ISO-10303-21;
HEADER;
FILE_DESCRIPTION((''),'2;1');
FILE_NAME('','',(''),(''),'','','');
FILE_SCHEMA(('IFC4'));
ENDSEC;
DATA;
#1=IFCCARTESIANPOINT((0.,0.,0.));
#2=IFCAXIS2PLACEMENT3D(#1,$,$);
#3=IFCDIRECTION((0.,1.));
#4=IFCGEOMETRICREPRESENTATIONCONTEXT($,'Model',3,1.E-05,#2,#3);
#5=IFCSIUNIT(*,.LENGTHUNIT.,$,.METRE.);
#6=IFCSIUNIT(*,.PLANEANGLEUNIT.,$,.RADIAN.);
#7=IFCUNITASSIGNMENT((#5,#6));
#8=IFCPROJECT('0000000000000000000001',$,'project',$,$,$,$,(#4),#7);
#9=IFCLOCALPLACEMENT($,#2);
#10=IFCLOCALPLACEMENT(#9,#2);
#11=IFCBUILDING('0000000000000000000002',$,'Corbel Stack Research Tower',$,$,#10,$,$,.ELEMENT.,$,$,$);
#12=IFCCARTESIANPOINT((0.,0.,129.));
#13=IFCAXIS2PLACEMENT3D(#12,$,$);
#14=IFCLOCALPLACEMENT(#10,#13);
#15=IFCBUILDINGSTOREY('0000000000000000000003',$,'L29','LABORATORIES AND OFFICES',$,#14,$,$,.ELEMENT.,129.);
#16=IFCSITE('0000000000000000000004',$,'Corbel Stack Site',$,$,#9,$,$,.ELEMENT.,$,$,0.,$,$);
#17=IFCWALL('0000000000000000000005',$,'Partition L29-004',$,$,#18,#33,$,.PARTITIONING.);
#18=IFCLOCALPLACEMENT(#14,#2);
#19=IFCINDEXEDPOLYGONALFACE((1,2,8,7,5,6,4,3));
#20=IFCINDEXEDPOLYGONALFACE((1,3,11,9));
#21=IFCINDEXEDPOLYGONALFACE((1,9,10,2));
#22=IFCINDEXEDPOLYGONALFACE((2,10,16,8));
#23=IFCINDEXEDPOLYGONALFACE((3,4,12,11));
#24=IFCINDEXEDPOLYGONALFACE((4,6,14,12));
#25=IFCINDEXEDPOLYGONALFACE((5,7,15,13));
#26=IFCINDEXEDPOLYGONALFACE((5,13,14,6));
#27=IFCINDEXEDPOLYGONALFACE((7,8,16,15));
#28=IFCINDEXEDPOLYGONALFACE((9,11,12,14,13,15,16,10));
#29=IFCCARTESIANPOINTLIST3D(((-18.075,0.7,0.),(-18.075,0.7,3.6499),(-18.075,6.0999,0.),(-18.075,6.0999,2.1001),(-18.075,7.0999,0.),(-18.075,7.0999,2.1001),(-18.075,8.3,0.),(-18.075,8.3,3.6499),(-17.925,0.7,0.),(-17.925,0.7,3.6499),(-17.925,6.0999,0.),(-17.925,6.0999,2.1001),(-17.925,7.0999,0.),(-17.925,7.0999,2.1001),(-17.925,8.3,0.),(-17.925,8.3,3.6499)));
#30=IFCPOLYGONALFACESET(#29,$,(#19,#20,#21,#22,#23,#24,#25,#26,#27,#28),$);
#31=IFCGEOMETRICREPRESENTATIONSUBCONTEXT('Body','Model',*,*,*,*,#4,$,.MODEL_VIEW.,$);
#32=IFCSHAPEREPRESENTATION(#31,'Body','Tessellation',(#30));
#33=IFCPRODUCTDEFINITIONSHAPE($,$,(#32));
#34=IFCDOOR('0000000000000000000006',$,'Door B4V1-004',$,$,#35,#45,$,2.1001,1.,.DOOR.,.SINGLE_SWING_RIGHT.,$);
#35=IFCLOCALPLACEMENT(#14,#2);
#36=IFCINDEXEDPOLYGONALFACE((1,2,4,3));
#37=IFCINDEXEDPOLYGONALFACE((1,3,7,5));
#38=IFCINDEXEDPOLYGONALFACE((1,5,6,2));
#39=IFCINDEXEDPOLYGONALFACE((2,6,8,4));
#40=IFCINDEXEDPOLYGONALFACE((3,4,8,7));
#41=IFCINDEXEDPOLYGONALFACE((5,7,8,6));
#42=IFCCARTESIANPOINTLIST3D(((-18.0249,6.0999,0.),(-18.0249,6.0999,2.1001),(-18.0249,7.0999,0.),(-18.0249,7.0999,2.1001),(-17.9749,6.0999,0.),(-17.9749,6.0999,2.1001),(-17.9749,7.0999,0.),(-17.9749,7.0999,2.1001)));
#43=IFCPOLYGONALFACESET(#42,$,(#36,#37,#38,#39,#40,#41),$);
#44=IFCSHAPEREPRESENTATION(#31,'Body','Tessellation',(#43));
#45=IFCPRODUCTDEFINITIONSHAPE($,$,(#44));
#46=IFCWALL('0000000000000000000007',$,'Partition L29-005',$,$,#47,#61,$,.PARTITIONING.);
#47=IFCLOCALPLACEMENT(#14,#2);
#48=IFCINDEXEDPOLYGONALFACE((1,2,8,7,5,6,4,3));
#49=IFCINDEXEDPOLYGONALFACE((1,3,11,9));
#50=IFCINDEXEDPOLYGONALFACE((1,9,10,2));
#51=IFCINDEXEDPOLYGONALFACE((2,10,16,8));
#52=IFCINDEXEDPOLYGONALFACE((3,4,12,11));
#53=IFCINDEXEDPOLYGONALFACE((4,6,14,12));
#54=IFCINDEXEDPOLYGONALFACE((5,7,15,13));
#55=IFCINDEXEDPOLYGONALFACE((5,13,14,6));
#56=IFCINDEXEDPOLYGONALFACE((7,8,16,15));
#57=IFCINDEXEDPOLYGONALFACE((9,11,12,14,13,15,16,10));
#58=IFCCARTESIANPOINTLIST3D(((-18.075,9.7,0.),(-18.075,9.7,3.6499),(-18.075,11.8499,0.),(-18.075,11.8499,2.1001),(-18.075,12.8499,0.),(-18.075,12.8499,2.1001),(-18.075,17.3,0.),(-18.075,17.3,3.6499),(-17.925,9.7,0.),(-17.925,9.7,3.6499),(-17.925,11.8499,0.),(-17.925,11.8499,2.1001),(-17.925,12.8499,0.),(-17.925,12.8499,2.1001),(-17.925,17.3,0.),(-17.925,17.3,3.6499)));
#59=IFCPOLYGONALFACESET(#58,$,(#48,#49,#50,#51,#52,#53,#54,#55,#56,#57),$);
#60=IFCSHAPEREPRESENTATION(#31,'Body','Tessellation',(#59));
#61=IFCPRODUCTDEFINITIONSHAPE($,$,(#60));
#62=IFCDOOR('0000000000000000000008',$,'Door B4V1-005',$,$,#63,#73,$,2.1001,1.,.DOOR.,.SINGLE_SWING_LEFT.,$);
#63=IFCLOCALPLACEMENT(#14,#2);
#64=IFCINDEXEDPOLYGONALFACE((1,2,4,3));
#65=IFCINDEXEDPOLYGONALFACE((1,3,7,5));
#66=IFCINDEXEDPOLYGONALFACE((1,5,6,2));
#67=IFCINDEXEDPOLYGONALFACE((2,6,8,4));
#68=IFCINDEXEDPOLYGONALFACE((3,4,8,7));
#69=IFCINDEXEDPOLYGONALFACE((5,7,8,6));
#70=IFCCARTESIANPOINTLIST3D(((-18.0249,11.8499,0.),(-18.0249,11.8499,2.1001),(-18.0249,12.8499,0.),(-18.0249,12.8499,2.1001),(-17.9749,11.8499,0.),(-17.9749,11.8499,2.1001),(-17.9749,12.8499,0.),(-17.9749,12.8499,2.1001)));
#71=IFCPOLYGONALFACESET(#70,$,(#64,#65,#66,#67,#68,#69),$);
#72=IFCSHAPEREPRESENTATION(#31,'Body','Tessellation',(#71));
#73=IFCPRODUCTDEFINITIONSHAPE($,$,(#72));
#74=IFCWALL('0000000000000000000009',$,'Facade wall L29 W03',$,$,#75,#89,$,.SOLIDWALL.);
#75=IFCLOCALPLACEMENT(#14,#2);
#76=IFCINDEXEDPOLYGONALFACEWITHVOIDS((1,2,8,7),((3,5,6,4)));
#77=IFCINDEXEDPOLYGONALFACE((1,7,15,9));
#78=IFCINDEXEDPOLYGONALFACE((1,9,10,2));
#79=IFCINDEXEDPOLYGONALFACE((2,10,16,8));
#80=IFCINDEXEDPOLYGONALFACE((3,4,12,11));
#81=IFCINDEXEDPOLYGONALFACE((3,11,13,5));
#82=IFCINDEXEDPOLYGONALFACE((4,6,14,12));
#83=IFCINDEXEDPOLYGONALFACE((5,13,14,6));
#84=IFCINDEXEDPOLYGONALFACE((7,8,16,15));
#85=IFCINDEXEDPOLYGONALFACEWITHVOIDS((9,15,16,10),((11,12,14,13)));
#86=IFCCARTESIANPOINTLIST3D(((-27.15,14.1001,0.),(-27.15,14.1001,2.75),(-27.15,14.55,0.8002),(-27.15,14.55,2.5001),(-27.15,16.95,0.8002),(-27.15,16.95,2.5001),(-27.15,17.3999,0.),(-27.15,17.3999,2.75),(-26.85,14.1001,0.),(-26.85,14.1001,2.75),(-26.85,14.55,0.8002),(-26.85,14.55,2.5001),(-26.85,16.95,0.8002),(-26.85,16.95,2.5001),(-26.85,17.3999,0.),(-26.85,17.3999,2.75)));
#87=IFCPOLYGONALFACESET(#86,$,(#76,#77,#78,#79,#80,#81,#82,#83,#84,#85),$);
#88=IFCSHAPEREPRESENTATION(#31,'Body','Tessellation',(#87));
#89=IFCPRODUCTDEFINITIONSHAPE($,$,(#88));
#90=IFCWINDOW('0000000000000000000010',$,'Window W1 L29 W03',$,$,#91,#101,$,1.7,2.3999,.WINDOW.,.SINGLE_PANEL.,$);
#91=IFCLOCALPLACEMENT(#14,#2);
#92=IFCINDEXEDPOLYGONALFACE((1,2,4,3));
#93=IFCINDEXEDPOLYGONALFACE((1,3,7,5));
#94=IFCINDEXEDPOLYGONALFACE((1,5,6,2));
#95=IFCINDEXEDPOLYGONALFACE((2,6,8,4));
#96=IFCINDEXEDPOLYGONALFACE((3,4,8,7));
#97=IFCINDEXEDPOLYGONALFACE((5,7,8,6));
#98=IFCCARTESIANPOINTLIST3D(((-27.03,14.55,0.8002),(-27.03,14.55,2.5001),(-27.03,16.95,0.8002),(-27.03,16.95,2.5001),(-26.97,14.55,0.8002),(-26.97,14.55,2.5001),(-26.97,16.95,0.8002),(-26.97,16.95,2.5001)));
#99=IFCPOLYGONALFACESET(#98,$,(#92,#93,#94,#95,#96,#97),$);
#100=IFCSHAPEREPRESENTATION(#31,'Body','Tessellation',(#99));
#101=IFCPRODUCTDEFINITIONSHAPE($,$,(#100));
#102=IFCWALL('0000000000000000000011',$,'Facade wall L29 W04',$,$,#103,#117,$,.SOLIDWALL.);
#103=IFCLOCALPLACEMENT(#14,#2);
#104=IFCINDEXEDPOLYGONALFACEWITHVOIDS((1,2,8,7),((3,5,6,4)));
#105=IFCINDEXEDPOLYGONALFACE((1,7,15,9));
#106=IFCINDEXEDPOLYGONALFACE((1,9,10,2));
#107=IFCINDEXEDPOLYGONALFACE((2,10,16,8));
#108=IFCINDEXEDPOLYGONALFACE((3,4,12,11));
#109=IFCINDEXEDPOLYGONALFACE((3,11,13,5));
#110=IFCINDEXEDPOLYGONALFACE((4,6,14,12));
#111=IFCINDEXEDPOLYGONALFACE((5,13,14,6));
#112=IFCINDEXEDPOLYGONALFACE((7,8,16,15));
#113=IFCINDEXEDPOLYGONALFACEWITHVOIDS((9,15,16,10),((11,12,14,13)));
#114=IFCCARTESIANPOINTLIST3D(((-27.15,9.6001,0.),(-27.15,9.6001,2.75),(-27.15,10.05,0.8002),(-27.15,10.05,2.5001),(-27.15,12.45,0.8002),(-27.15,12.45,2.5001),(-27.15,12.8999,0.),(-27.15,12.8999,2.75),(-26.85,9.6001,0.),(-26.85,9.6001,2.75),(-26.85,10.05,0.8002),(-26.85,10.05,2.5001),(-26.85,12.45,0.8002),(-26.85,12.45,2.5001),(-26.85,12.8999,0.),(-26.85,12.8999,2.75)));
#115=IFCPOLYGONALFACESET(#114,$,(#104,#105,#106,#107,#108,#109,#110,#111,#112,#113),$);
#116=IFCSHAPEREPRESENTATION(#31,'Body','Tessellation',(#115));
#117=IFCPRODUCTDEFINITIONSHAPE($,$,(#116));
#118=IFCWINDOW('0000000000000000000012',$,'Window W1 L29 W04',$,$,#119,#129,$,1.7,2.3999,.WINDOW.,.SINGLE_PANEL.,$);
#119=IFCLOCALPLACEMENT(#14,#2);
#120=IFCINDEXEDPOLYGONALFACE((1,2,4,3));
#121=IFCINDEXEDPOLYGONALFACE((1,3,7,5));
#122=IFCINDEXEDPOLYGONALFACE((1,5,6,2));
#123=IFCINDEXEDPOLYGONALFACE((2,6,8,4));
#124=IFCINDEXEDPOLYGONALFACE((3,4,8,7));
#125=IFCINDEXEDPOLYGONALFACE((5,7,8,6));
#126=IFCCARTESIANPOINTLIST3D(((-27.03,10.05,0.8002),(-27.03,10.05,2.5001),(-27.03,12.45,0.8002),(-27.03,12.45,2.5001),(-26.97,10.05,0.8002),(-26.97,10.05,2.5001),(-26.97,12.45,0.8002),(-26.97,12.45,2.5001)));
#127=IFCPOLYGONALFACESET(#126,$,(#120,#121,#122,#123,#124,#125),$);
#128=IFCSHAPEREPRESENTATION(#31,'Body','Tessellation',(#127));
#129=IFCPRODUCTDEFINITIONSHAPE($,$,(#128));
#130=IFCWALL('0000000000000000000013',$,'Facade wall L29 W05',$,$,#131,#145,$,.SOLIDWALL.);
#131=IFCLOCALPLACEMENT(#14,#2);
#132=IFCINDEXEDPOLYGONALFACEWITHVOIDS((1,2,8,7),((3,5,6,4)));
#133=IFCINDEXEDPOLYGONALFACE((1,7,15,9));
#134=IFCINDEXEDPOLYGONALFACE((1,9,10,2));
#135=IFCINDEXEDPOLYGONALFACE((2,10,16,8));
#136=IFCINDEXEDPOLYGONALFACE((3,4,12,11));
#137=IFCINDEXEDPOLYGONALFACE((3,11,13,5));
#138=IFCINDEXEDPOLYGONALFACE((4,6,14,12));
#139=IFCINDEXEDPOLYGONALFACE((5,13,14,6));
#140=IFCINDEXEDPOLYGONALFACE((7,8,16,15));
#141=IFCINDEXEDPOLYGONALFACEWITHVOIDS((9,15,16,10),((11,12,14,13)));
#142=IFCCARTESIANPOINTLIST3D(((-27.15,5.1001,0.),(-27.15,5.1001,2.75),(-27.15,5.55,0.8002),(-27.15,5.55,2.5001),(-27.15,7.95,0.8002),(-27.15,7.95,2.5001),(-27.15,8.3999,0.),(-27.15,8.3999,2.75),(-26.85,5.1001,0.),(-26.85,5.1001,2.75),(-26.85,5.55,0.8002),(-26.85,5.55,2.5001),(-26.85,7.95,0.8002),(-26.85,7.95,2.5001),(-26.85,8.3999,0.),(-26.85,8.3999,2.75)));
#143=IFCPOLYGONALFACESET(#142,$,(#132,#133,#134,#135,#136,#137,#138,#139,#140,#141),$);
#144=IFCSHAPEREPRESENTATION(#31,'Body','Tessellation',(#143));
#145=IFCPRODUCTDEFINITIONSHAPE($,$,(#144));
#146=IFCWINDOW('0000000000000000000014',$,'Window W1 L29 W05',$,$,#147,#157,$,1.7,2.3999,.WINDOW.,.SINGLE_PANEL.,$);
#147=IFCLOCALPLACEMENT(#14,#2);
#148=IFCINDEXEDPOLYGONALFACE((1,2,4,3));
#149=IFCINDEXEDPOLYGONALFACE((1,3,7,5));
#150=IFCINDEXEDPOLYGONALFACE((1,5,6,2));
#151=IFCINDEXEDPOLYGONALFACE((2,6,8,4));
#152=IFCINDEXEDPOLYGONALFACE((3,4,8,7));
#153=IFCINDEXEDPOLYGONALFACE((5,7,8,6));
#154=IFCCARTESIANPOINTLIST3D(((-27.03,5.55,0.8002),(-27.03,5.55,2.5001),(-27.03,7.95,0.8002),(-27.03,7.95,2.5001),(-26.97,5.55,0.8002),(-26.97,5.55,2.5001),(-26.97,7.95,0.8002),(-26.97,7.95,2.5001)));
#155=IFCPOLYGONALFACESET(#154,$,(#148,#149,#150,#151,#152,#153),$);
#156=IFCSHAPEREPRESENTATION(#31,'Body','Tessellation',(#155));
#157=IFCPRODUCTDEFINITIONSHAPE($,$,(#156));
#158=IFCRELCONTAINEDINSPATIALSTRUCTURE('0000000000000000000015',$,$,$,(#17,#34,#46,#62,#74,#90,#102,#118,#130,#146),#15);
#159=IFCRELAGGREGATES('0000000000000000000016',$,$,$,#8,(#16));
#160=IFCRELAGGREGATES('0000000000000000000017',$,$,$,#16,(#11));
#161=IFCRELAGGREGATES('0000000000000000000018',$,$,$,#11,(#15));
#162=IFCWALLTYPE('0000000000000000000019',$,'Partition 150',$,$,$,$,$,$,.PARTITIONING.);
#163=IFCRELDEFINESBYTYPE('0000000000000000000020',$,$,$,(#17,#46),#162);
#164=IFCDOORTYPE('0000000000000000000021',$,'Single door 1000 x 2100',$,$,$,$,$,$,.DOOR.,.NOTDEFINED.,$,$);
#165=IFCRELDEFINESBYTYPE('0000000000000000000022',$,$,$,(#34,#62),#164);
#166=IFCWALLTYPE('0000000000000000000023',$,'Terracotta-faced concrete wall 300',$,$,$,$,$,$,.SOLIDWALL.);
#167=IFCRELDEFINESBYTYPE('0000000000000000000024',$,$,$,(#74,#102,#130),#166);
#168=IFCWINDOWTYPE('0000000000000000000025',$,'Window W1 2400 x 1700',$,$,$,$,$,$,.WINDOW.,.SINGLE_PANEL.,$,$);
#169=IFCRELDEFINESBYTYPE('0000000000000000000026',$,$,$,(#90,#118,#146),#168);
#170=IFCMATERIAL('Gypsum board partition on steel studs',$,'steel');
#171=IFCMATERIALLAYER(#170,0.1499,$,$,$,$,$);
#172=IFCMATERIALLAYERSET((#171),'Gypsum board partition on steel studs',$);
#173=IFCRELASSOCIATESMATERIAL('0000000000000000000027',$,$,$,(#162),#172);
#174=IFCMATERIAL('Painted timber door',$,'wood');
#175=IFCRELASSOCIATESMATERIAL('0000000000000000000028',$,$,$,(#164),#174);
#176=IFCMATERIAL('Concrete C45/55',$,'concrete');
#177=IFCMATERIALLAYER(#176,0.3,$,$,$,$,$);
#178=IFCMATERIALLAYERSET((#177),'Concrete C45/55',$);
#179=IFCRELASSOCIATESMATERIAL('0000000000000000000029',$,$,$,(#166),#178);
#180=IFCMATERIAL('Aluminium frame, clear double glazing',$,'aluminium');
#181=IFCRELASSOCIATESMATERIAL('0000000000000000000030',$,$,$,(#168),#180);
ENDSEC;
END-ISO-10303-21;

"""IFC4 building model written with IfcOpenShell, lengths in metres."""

from ifc_helpers import new_model, si_unit, direction, frame, frame_2d, origin, place, context, subcontext, project, spatial, rectangle, extrude, material, layer, layer_set, type_object, element, fill, save


model = new_model("IFC4")

# Units and contexts
model_context = context("Model", 3, precision=1e-05, world=origin(), true_north=direction((0.0, 1.0)))
body_context = subcontext(model_context, "Body", "Model", "MODEL_VIEW")
ifc_project = project(units=[si_unit("LENGTHUNIT", "METRE"), si_unit("PLANEANGLEUNIT", "RADIAN")], contexts=[model_context])

# Site, building, storey
site_placement = place(None, origin())
site = spatial("IfcSite", under=ifc_project, at=site_placement, Name="Corbel Stack Site", CompositionType="ELEMENT", RefElevation=0.0)
building_placement = place(site_placement, origin())
building = spatial("IfcBuilding", under=site, at=building_placement, Name="Corbel Stack Research Tower", CompositionType="ELEMENT")
storey_placement = place(building_placement, frame((0.0, 0.0, 129.0)))
storey = spatial("IfcBuildingStorey", under=building, at=storey_placement, Name="L29", Description="LABORATORIES AND OFFICES", CompositionType="ELEMENT", Elevation=129.0)

# Walls, openings, doors
ifc_material_1 = material(Name="Gypsum board partition on steel studs", Category="steel")
ifc_layer_1 = layer(ifc_material_1, 0.1499)
ifc_layer_set_1 = layer_set([ifc_layer_1], Name="Gypsum board partition on steel studs")
wall_type_1 = type_object("IfcWallType", Name="Partition 150", PredefinedType="PARTITIONING", material=ifc_layer_set_1)
wall_1_placement = place(storey_placement, frame((-18.0, 0.7, 0.0), z_axis=(0.0, 0.0, 1.0), x_axis=(0.0, 1.0, 0.0)))
wall_1 = element("IfcWall", 1, at=wall_1_placement, inside=storey, type_object=wall_type_1, Name="Partition L29-004", PredefinedType="PARTITIONING", context=body_context, shape_type="SweptSolid", body=[
    extrude(rectangle(XDim=7.6001, YDim=0.1499, at=frame_2d((3.8, 0.0))), origin(), (0.0, 0.0, 1.0), 3.6499),
])
opening_1_placement = place(wall_1_placement, frame((5.3999, 0.0, 0.0)))
opening_1 = element("IfcOpeningElement", 2, at=opening_1_placement, cuts=wall_1, PredefinedType="OPENING", context=body_context, shape_type="SweptSolid", body=[
    extrude(rectangle(XDim=1.0, YDim=2.1001, at=frame_2d((0.5, 1.05))), frame((0.0, 0.085, 0.0), z_axis=(0.0, -1.0, 0.0), x_axis=(1.0, 0.0, 0.0)), (0.0, 0.0, 1.0), 0.1699),
])
ifc_material_2 = material(Name="Painted timber door", Category="wood")
door_type = type_object("IfcDoorType", Name="Single door 1000 x 2100", OperationType="NOTDEFINED", PredefinedType="DOOR", material=ifc_material_2)
door_1_placement = place(opening_1_placement, origin())
door_1 = element("IfcDoor", 3, at=door_1_placement, inside=storey, type_object=door_type, Name="Door B4V1-004", OperationType="SINGLE_SWING_RIGHT", OverallHeight=2.1001, OverallWidth=1.0, PredefinedType="DOOR", context=body_context, shape_type="SweptSolid", body=[
    extrude(rectangle(XDim=1.0, YDim=2.1001, at=frame_2d((0.5, 1.05))), frame((0.0, 0.0249, 0.0), z_axis=(0.0, -1.0, 0.0), x_axis=(1.0, 0.0, 0.0)), (0.0, 0.0, 1.0), 0.05),
])
fill(opening_1, door_1)
wall_2_placement = place(storey_placement, frame((-18.0, 9.7, 0.0), z_axis=(0.0, 0.0, 1.0), x_axis=(0.0, 1.0, 0.0)))
wall_2 = element("IfcWall", 4, at=wall_2_placement, inside=storey, type_object=wall_type_1, Name="Partition L29-005", PredefinedType="PARTITIONING", context=body_context, shape_type="SweptSolid", body=[
    extrude(rectangle(XDim=7.6001, YDim=0.1499, at=frame_2d((3.8, 0.0))), origin(), (0.0, 0.0, 1.0), 3.6499),
])
opening_2_placement = place(wall_2_placement, frame((2.1499, 0.0, 0.0)))
opening_2 = element("IfcOpeningElement", 5, at=opening_2_placement, cuts=wall_2, PredefinedType="OPENING", context=body_context, shape_type="SweptSolid", body=[
    extrude(rectangle(XDim=1.0, YDim=2.1001, at=frame_2d((0.5, 1.05))), frame((0.0, 0.085, 0.0), z_axis=(0.0, -1.0, 0.0), x_axis=(1.0, 0.0, 0.0)), (0.0, 0.0, 1.0), 0.1699),
])
door_2_placement = place(opening_2_placement, origin())
door_2 = element("IfcDoor", 6, at=door_2_placement, inside=storey, type_object=door_type, Name="Door B4V1-005", OperationType="SINGLE_SWING_LEFT", OverallHeight=2.1001, OverallWidth=1.0, PredefinedType="DOOR", context=body_context, shape_type="SweptSolid", body=[
    extrude(rectangle(XDim=1.0, YDim=2.1001, at=frame_2d((0.5, 1.05))), frame((0.0, 0.0249, 0.0), z_axis=(0.0, -1.0, 0.0), x_axis=(1.0, 0.0, 0.0)), (0.0, 0.0, 1.0), 0.05),
])
fill(opening_2, door_2)

# Walls, openings, windows
ifc_material_3 = material(Name="Concrete C45/55", Category="concrete")
ifc_layer_2 = layer(ifc_material_3, 0.3)
ifc_layer_set_2 = layer_set([ifc_layer_2], Name="Concrete C45/55")
wall_type_2 = type_object("IfcWallType", Name="Terracotta-faced concrete wall 300", PredefinedType="SOLIDWALL", material=ifc_layer_set_2)
wall_3_placement = place(storey_placement, frame((-27.0, 14.1001, 0.0), z_axis=(0.0, 0.0, 1.0), x_axis=(0.0, 1.0, 0.0)))
wall_3 = element("IfcWall", 7, at=wall_3_placement, inside=storey, type_object=wall_type_2, Name="Facade wall L29 W03", PredefinedType="SOLIDWALL", context=body_context, shape_type="SweptSolid", body=[
    extrude(rectangle(XDim=3.2998, YDim=0.3, at=frame_2d((1.6499, 0.0))), origin(), (0.0, 0.0, 1.0), 2.75),
])
opening_3_placement = place(wall_3_placement, frame((0.45, 0.0, 0.8)))
opening_3 = element("IfcOpeningElement", 8, at=opening_3_placement, cuts=wall_3, PredefinedType="OPENING", context=body_context, shape_type="SweptSolid", body=[
    extrude(rectangle(XDim=2.3999, YDim=1.7, at=frame_2d((1.2, 0.8501))), frame((0.0, 0.1599, 0.0), z_axis=(0.0, -1.0, 0.0), x_axis=(1.0, 0.0, 0.0)), (0.0, 0.0, 1.0), 0.3201),
])
ifc_material_4 = material(Name="Aluminium frame, clear double glazing", Category="aluminium")
window_type = type_object("IfcWindowType", Name="Window W1 2400 x 1700", PartitioningType="SINGLE_PANEL", PredefinedType="WINDOW", material=ifc_material_4)
window_1_placement = place(opening_3_placement, origin())
window_1 = element("IfcWindow", 9, at=window_1_placement, inside=storey, type_object=window_type, Name="Window W1 L29 W03", OverallHeight=1.7, OverallWidth=2.3999, PartitioningType="SINGLE_PANEL", PredefinedType="WINDOW", context=body_context, shape_type="SweptSolid", body=[
    extrude(rectangle(XDim=2.3999, YDim=1.7, at=frame_2d((1.2, 0.8501))), frame((0.0, 0.03, 0.0), z_axis=(0.0, -1.0, 0.0), x_axis=(1.0, 0.0, 0.0)), (0.0, 0.0, 1.0), 0.0601),
])
fill(opening_3, window_1)
wall_4_placement = place(storey_placement, frame((-27.0, 9.6001, 0.0), z_axis=(0.0, 0.0, 1.0), x_axis=(0.0, 1.0, 0.0)))
wall_4 = element("IfcWall", 10, at=wall_4_placement, inside=storey, type_object=wall_type_2, Name="Facade wall L29 W04", PredefinedType="SOLIDWALL", context=body_context, shape_type="SweptSolid", body=[
    extrude(rectangle(XDim=3.2998, YDim=0.3, at=frame_2d((1.6499, 0.0))), origin(), (0.0, 0.0, 1.0), 2.75),
])
opening_4_placement = place(wall_4_placement, frame((0.45, 0.0, 0.8)))
opening_4 = element("IfcOpeningElement", 11, at=opening_4_placement, cuts=wall_4, PredefinedType="OPENING", context=body_context, shape_type="SweptSolid", body=[
    extrude(rectangle(XDim=2.3999, YDim=1.7, at=frame_2d((1.2, 0.8501))), frame((0.0, 0.1599, 0.0), z_axis=(0.0, -1.0, 0.0), x_axis=(1.0, 0.0, 0.0)), (0.0, 0.0, 1.0), 0.3201),
])
window_2_placement = place(opening_4_placement, origin())
window_2 = element("IfcWindow", 12, at=window_2_placement, inside=storey, type_object=window_type, Name="Window W1 L29 W04", OverallHeight=1.7, OverallWidth=2.3999, PartitioningType="SINGLE_PANEL", PredefinedType="WINDOW", context=body_context, shape_type="SweptSolid", body=[
    extrude(rectangle(XDim=2.3999, YDim=1.7, at=frame_2d((1.2, 0.8501))), frame((0.0, 0.03, 0.0), z_axis=(0.0, -1.0, 0.0), x_axis=(1.0, 0.0, 0.0)), (0.0, 0.0, 1.0), 0.0601),
])
fill(opening_4, window_2)
wall_5_placement = place(storey_placement, frame((-27.0, 5.1001, 0.0), z_axis=(0.0, 0.0, 1.0), x_axis=(0.0, 1.0, 0.0)))
wall_5 = element("IfcWall", 13, at=wall_5_placement, inside=storey, type_object=wall_type_2, Name="Facade wall L29 W05", PredefinedType="SOLIDWALL", context=body_context, shape_type="SweptSolid", body=[
    extrude(rectangle(XDim=3.2998, YDim=0.3, at=frame_2d((1.6499, 0.0))), origin(), (0.0, 0.0, 1.0), 2.75),
])
opening_5_placement = place(wall_5_placement, frame((0.45, 0.0, 0.8)))
opening_5 = element("IfcOpeningElement", 14, at=opening_5_placement, cuts=wall_5, PredefinedType="OPENING", context=body_context, shape_type="SweptSolid", body=[
    extrude(rectangle(XDim=2.3999, YDim=1.7, at=frame_2d((1.2, 0.8501))), frame((0.0, 0.1599, 0.0), z_axis=(0.0, -1.0, 0.0), x_axis=(1.0, 0.0, 0.0)), (0.0, 0.0, 1.0), 0.3201),
])
window_3_placement = place(opening_5_placement, origin())
window_3 = element("IfcWindow", 15, at=window_3_placement, inside=storey, type_object=window_type, Name="Window W1 L29 W05", OverallHeight=1.7, OverallWidth=2.3999, PartitioningType="SINGLE_PANEL", PredefinedType="WINDOW", context=body_context, shape_type="SweptSolid", body=[
    extrude(rectangle(XDim=2.3999, YDim=1.7, at=frame_2d((1.2, 0.8501))), frame((0.0, 0.03, 0.0), z_axis=(0.0, -1.0, 0.0), x_axis=(1.0, 0.0, 0.0)), (0.0, 0.0, 1.0), 0.0601),
])
fill(opening_5, window_3)

save(model, "model.ifc")
